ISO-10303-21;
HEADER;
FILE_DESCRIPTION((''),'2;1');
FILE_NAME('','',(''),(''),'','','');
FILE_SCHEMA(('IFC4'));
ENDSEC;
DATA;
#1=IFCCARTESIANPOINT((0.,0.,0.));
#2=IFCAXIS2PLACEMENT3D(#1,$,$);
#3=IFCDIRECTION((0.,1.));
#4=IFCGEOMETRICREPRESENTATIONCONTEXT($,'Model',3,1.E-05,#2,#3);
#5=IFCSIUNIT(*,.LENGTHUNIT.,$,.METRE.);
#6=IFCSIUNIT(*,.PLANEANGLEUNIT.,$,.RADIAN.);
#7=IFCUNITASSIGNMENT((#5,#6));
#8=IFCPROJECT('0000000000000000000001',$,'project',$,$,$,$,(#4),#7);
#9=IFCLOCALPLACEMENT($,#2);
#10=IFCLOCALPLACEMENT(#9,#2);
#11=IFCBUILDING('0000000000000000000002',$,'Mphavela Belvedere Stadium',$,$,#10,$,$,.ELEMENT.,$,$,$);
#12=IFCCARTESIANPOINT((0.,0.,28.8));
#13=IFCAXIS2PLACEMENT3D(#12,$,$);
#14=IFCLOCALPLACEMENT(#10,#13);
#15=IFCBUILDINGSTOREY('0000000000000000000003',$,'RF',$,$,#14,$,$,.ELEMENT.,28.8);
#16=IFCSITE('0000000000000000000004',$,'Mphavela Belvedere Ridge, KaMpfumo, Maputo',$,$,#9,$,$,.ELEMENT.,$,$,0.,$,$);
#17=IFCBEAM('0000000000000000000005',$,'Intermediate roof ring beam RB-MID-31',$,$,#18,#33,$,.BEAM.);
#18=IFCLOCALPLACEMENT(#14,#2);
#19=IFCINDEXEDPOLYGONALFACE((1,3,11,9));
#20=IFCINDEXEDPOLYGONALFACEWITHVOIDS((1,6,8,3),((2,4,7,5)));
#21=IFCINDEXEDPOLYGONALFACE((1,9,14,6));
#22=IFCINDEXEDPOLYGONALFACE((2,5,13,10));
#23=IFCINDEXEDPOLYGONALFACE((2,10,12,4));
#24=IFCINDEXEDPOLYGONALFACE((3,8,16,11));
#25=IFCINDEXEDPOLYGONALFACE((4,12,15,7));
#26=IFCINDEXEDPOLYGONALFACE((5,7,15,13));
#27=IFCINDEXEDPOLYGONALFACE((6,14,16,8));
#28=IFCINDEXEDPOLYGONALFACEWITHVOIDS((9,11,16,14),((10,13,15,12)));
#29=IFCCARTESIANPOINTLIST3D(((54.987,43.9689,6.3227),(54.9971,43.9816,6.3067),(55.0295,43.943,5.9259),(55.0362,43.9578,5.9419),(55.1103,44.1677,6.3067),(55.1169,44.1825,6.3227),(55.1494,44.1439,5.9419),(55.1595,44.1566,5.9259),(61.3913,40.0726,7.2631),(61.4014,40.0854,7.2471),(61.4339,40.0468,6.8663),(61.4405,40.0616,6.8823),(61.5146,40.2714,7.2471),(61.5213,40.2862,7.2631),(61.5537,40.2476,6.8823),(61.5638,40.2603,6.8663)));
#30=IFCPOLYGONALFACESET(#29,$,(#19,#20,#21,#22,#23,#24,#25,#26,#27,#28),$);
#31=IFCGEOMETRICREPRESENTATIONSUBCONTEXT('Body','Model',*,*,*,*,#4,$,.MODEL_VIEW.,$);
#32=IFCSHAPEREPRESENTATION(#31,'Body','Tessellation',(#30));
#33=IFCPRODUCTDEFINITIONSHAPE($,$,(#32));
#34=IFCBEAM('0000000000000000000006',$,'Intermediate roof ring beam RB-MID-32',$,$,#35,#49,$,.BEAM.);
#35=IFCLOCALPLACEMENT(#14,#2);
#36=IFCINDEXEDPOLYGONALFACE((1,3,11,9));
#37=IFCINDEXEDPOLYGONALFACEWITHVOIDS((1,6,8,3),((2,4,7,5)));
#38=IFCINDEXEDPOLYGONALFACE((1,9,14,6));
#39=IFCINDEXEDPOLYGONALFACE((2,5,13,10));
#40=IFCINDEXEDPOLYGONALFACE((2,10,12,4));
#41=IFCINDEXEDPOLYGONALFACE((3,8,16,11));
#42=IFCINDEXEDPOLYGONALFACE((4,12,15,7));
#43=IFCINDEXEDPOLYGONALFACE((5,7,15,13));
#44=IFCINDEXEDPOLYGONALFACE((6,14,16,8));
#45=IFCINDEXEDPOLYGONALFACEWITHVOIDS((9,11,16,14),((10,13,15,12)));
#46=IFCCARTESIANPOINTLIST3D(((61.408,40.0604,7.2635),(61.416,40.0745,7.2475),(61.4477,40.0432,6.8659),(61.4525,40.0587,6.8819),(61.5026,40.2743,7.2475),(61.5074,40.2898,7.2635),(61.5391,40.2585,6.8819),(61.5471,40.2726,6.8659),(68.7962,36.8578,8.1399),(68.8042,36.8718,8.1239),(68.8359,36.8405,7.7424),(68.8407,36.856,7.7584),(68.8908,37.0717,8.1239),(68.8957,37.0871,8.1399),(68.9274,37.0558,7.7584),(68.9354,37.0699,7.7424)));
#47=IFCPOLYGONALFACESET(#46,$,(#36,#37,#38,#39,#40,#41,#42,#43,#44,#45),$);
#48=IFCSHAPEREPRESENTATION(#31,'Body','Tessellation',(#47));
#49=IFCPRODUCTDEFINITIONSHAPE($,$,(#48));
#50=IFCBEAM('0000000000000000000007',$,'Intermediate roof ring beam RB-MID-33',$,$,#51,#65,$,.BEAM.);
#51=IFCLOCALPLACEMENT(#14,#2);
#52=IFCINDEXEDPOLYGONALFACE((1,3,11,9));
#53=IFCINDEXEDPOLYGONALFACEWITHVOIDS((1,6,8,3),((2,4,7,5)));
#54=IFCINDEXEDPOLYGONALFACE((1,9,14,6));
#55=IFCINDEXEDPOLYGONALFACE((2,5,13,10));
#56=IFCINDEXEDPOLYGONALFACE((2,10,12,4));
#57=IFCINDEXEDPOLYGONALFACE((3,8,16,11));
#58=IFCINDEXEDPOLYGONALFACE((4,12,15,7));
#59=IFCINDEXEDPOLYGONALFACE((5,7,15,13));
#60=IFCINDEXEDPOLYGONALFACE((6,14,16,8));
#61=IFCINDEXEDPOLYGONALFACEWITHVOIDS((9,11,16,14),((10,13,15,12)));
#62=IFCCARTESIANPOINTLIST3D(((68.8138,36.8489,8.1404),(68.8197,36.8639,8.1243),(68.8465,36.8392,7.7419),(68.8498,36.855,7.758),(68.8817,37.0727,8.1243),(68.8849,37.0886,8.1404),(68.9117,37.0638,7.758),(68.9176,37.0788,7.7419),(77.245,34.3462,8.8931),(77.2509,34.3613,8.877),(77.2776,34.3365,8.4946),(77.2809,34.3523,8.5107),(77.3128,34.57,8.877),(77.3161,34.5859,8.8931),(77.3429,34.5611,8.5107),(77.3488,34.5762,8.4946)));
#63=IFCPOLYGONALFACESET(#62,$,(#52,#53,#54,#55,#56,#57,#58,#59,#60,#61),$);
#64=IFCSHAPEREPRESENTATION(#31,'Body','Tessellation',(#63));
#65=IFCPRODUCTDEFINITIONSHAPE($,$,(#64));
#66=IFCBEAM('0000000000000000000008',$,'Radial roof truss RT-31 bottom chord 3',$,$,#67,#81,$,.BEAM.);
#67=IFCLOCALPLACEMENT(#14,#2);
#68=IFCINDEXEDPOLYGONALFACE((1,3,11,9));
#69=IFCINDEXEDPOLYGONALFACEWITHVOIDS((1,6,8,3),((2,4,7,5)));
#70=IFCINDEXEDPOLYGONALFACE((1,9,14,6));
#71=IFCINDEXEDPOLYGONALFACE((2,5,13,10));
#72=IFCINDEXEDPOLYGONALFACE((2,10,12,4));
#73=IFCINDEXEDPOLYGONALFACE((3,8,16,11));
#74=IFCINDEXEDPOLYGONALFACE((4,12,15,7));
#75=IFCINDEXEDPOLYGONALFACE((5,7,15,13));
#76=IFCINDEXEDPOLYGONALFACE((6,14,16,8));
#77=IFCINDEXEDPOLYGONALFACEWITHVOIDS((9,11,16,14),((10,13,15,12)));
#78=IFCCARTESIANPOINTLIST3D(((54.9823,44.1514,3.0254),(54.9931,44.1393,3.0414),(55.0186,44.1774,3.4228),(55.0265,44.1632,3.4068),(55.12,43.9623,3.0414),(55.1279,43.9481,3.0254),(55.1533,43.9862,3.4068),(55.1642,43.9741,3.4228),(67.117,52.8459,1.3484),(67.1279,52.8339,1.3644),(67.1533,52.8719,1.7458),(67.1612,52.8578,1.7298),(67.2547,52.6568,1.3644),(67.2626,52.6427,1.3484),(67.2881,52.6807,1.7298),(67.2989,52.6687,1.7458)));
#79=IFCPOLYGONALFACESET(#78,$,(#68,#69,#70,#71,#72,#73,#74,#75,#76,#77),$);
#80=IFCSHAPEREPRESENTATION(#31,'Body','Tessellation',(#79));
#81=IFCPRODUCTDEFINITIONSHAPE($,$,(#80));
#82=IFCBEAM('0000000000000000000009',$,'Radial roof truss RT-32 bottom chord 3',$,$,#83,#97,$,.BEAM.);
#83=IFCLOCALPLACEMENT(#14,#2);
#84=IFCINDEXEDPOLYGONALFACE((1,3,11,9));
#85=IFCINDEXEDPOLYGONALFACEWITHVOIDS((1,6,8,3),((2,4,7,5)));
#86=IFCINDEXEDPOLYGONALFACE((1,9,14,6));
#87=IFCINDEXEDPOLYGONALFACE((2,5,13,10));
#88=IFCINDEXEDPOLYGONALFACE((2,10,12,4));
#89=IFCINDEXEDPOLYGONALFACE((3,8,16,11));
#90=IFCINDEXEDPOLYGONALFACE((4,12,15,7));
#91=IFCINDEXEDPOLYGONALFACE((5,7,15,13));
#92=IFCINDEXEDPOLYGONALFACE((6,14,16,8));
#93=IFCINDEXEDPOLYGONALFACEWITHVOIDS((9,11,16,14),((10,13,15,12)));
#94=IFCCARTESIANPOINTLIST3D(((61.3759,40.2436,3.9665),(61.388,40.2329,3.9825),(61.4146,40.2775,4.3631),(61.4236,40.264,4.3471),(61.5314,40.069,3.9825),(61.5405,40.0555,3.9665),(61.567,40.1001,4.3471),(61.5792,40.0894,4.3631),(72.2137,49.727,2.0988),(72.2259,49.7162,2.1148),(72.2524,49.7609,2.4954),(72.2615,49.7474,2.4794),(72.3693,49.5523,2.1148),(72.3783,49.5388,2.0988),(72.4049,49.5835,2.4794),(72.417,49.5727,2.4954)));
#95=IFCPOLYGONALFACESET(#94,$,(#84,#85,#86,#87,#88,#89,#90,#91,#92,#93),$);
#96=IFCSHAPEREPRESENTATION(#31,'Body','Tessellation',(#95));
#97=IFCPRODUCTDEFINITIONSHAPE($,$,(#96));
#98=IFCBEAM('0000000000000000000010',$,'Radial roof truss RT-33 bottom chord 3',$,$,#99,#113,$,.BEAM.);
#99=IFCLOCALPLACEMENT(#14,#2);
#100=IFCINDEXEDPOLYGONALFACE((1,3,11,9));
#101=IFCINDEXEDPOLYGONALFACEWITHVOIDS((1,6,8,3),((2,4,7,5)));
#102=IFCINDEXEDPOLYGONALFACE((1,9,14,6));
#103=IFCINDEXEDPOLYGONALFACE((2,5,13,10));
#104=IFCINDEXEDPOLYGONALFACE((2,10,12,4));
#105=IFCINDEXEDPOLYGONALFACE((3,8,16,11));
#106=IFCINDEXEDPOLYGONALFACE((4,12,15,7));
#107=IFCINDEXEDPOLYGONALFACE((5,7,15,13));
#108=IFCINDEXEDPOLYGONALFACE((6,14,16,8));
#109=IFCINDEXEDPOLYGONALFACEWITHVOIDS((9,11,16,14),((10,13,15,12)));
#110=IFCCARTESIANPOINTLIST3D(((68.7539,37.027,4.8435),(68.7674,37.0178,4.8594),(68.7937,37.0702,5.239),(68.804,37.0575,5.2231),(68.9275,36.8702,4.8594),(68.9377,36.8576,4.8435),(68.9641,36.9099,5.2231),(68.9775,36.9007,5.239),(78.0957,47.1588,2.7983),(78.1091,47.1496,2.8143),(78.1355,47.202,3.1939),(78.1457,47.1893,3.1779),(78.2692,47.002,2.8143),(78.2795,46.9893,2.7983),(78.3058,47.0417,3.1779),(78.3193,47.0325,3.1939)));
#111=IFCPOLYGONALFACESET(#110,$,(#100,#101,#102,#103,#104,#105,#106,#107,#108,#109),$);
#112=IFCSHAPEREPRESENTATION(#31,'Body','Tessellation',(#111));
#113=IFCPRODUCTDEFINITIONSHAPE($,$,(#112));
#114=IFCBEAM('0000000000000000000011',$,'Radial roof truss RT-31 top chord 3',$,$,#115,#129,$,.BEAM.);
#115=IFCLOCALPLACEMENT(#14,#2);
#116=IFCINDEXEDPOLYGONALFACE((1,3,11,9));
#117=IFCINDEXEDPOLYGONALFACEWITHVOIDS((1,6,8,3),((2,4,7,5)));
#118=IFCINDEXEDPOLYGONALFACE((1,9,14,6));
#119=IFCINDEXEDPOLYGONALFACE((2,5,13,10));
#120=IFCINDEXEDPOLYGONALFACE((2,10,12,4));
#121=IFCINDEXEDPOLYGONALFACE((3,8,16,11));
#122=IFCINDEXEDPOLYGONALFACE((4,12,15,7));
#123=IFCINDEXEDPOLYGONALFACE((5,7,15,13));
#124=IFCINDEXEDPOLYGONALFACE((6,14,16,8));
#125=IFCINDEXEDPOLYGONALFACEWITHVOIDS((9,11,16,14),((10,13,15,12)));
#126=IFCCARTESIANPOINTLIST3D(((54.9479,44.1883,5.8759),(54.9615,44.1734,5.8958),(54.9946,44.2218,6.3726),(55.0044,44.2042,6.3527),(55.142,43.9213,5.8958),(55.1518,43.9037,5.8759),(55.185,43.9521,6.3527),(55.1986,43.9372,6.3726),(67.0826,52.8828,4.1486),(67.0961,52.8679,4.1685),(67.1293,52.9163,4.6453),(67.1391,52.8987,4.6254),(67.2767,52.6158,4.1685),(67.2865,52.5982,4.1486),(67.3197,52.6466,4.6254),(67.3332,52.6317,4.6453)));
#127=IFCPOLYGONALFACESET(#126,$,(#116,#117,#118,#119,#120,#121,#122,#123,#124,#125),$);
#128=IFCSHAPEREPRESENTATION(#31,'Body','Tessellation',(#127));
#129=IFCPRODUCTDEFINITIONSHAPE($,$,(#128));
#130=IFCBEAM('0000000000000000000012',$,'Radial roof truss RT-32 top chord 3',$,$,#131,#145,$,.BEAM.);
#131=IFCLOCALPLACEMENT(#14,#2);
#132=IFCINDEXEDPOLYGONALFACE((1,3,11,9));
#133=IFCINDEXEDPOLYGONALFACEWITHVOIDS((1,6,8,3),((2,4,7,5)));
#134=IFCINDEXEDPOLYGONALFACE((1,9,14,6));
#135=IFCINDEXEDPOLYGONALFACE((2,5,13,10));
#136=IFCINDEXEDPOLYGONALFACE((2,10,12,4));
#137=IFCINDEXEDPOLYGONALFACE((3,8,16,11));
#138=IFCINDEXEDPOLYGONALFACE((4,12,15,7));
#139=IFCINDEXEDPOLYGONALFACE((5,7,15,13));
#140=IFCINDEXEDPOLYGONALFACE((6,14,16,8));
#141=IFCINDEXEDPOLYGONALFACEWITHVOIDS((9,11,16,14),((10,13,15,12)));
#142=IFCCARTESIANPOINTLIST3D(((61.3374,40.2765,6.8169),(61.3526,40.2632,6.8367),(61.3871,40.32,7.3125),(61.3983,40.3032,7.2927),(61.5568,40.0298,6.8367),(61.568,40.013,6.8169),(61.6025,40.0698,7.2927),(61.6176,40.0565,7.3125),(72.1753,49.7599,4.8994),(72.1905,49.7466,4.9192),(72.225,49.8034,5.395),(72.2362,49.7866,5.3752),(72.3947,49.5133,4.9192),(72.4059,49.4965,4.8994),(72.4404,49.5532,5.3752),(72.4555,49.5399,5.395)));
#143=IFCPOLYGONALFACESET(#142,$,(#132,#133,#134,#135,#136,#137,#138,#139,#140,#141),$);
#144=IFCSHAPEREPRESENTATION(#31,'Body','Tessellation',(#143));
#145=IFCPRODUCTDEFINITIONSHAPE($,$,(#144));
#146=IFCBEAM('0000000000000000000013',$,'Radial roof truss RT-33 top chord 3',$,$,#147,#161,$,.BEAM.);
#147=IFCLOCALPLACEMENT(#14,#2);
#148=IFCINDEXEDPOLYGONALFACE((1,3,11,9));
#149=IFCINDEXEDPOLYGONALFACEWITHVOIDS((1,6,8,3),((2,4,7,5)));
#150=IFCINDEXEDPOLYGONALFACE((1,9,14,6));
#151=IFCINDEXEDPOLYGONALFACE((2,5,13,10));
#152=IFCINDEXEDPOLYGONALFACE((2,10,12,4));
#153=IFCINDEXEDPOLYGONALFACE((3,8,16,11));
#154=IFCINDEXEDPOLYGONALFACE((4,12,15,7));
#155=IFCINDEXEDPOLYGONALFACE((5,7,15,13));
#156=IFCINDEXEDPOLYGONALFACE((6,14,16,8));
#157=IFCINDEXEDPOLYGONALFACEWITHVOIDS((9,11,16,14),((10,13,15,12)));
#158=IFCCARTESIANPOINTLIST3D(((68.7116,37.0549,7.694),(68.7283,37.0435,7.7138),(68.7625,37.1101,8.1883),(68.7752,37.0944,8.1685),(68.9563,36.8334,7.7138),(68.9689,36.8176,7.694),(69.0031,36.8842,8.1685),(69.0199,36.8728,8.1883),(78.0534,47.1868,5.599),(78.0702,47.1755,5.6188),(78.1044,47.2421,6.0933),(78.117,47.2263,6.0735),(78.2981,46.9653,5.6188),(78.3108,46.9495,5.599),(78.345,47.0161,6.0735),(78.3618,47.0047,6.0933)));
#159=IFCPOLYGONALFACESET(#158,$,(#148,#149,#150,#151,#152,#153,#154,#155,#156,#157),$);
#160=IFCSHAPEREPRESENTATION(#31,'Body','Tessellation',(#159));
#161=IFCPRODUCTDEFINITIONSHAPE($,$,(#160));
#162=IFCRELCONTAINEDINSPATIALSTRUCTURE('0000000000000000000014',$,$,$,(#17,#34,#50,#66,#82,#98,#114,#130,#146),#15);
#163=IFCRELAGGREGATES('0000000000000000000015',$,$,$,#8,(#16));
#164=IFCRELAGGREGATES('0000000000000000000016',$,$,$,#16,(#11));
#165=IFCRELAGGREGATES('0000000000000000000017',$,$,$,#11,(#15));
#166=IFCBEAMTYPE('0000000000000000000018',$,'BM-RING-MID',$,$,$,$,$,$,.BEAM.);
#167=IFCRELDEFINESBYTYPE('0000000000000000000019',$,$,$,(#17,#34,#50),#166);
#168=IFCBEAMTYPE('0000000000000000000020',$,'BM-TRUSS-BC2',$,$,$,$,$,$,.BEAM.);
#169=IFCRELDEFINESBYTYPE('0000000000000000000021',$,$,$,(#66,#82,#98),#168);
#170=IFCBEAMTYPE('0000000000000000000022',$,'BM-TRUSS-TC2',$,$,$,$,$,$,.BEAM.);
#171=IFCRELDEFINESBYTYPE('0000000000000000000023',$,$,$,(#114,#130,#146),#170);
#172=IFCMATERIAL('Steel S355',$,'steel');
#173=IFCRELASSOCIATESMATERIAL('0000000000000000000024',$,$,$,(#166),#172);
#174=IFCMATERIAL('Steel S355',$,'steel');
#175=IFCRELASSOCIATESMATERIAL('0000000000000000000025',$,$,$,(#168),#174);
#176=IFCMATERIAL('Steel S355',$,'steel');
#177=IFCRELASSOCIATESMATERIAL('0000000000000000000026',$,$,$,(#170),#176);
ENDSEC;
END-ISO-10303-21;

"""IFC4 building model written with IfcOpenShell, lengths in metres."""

from ifc_helpers import new_model, si_unit, direction, frame, origin, origin_2d, place, context, subcontext, project, spatial, hollow_rectangle, extrude, material, material_profile, profile_set, type_object, element, save


model = new_model("IFC4")

# Units and contexts
model_context = context("Model", 3, precision=1e-05, world=origin(), true_north=direction((0.0, 1.0)))
body_context = subcontext(model_context, "Body", "Model", "MODEL_VIEW")
ifc_project = project(units=[si_unit("LENGTHUNIT", "METRE"), si_unit("PLANEANGLEUNIT", "RADIAN")], contexts=[model_context])

# Site, building, storey
site_placement = place(None, origin())
site = spatial("IfcSite", under=ifc_project, at=site_placement, Name="Mphavela Belvedere Ridge, KaMpfumo, Maputo", CompositionType="ELEMENT", RefElevation=0.0)
building_placement = place(site_placement, origin())
building = spatial("IfcBuilding", under=site, at=building_placement, Name="Mphavela Belvedere Stadium", CompositionType="ELEMENT")
storey_placement = place(building_placement, frame((0.0, 0.0, 28.8)))
storey = spatial("IfcBuildingStorey", under=building, at=storey_placement, Name="RF", CompositionType="ELEMENT", Elevation=28.8)

# Beams
ifc_material_1 = material(Name="Steel S355", Category="steel")
ifc_material_profile_1 = material_profile(ifc_material_1, hollow_rectangle(XDim=0.25, YDim=0.3999, WallThickness=0.0161, at=origin_2d()), Name="RHS 400x250x16")
ifc_profile_set_1 = profile_set([ifc_material_profile_1], Name="Steel S355")
beam_type_1 = type_object("IfcBeamType", Name="BM-RING-MID", PredefinedType="BEAM", material=ifc_profile_set_1)
beam_1_placement = place(storey_placement, frame((55.0732, 44.0627, 6.1243), z_axis=(0.847674, -0.515707, 0.124476), x_axis=(0.51975, 0.854319, 0.0)))
element("IfcBeam", 1, at=beam_1_placement, inside=storey, type_object=beam_type_1, Name="Intermediate roof ring beam RB-MID-31", PredefinedType="BEAM", context=body_context, shape_type="SweptSolid", body=[
    extrude(hollow_rectangle(XDim=0.25, YDim=0.3999, WallThickness=0.0161, at=origin_2d()), origin(), (0.0, 0.0, 1.0), 7.5552),
])
beam_2_placement = place(storey_placement, frame((61.4775, 40.1665, 7.0647), z_axis=(0.912119, -0.395386, 0.108205), x_axis=(0.397721, 0.917506, 0.0)))
element("IfcBeam", 2, at=beam_2_placement, inside=storey, type_object=beam_type_1, Name="Intermediate roof ring beam RB-MID-32", PredefinedType="BEAM", context=body_context, shape_type="SweptSolid", body=[
    extrude(hollow_rectangle(XDim=0.25, YDim=0.3999, WallThickness=0.0161, at=origin_2d()), origin(), (0.0, 0.0, 1.0), 8.1001),
])
beam_3_placement = place(storey_placement, frame((68.8657, 36.9639, 7.9412), z_axis=(0.955165, -0.283529, 0.085272), x_axis=(0.284566, 0.958657, 0.0)))
element("IfcBeam", 3, at=beam_3_placement, inside=storey, type_object=beam_type_1, Name="Intermediate roof ring beam RB-MID-33", PredefinedType="BEAM", context=body_context, shape_type="SweptSolid", body=[
    extrude(hollow_rectangle(XDim=0.25, YDim=0.3999, WallThickness=0.0161, at=origin_2d()), origin(), (0.0, 0.0, 1.0), 8.8269),
])
ifc_material_2 = material(Name="Steel S355", Category="steel")
ifc_material_profile_2 = material_profile(ifc_material_2, hollow_rectangle(XDim=0.25, YDim=0.3999, WallThickness=0.0161, at=origin_2d()), Name="RHS 400x250x16")
ifc_profile_set_2 = profile_set([ifc_material_profile_2], Name="Steel S355")
beam_type_2 = type_object("IfcBeamType", Name="BM-TRUSS-BC2", PredefinedType="BEAM", material=ifc_profile_set_2)
beam_4_placement = place(storey_placement, frame((55.0732, 44.0627, 3.2241), z_axis=(0.807799, 0.57879, -0.111636), x_axis=(-0.58243, 0.812881, 0.0)))
element("IfcBeam", 4, at=beam_4_placement, inside=storey, type_object=beam_type_2, Name="Radial roof truss RT-31 bottom chord 3", PredefinedType="BEAM", context=body_context, shape_type="SweptSolid", body=[
    extrude(hollow_rectangle(XDim=0.25, YDim=0.3999, WallThickness=0.0161, at=origin_2d()), origin(), (0.0, 0.0, 1.0), 15.022),
])
beam_5_placement = place(storey_placement, frame((61.4775, 40.1665, 4.1648), z_axis=(0.746318, 0.653045, -0.128612), x_axis=(-0.658514, 0.752568, 0.0)))
element("IfcBeam", 5, at=beam_5_placement, inside=storey, type_object=beam_type_2, Name="Radial roof truss RT-32 bottom chord 3", PredefinedType="BEAM", context=body_context, shape_type="SweptSolid", body=[
    extrude(hollow_rectangle(XDim=0.25, YDim=0.3999, WallThickness=0.0161, at=origin_2d()), origin(), (0.0, 0.0, 1.0), 14.5217),
])
beam_6_placement = place(storey_placement, frame((68.8657, 36.9639, 5.0413), z_axis=(0.670519, 0.727225, -0.146794), x_axis=(-0.735189, 0.677862, 0.0)))
element("IfcBeam", 6, at=beam_6_placement, inside=storey, type_object=beam_type_2, Name="Radial roof truss RT-33 bottom chord 3", PredefinedType="BEAM", context=body_context, shape_type="SweptSolid", body=[
    extrude(hollow_rectangle(XDim=0.25, YDim=0.3999, WallThickness=0.0161, at=origin_2d()), origin(), (0.0, 0.0, 1.0), 13.9321),
])
ifc_material_3 = material(Name="Steel S355", Category="steel")
ifc_material_profile_3 = material_profile(ifc_material_3, hollow_rectangle(XDim=0.3501, YDim=0.5, WallThickness=0.02, at=origin_2d()), Name="RHS 500x350x20")
ifc_profile_set_3 = profile_set([ifc_material_profile_3], Name="Steel S355")
beam_type_3 = type_object("IfcBeamType", Name="BM-TRUSS-TC2", PredefinedType="BEAM", material=ifc_profile_set_3)
beam_7_placement = place(storey_placement, frame((55.0732, 44.0627, 6.1243), z_axis=(0.807493, 0.57857, -0.114941), x_axis=(-0.58243, 0.812881, 0.0)))
element("IfcBeam", 7, at=beam_7_placement, inside=storey, type_object=beam_type_3, Name="Radial roof truss RT-31 top chord 3", PredefinedType="BEAM", context=body_context, shape_type="SweptSolid", body=[
    extrude(hollow_rectangle(XDim=0.3501, YDim=0.5, WallThickness=0.02, at=origin_2d()), origin(), (0.0, 0.0, 1.0), 15.0276),
])
beam_8_placement = place(storey_placement, frame((61.4775, 40.1665, 7.0647), z_axis=(0.745985, 0.652754, -0.131982), x_axis=(-0.658514, 0.752568, 0.0)))
element("IfcBeam", 8, at=beam_8_placement, inside=storey, type_object=beam_type_3, Name="Radial roof truss RT-32 top chord 3", PredefinedType="BEAM", context=body_context, shape_type="SweptSolid", body=[
    extrude(hollow_rectangle(XDim=0.3501, YDim=0.5, WallThickness=0.02, at=origin_2d()), origin(), (0.0, 0.0, 1.0), 14.5283),
])
beam_9_placement = place(storey_placement, frame((68.8657, 36.9639, 7.9412), z_axis=(0.670163, 0.726839, -0.150289), x_axis=(-0.735189, 0.677862, 0.0)))
element("IfcBeam", 9, at=beam_9_placement, inside=storey, type_object=beam_type_3, Name="Radial roof truss RT-33 top chord 3", PredefinedType="BEAM", context=body_context, shape_type="SweptSolid", body=[
    extrude(hollow_rectangle(XDim=0.3501, YDim=0.5, WallThickness=0.02, at=origin_2d()), origin(), (0.0, 0.0, 1.0), 13.9397),
])

save(model, "model.ifc")
